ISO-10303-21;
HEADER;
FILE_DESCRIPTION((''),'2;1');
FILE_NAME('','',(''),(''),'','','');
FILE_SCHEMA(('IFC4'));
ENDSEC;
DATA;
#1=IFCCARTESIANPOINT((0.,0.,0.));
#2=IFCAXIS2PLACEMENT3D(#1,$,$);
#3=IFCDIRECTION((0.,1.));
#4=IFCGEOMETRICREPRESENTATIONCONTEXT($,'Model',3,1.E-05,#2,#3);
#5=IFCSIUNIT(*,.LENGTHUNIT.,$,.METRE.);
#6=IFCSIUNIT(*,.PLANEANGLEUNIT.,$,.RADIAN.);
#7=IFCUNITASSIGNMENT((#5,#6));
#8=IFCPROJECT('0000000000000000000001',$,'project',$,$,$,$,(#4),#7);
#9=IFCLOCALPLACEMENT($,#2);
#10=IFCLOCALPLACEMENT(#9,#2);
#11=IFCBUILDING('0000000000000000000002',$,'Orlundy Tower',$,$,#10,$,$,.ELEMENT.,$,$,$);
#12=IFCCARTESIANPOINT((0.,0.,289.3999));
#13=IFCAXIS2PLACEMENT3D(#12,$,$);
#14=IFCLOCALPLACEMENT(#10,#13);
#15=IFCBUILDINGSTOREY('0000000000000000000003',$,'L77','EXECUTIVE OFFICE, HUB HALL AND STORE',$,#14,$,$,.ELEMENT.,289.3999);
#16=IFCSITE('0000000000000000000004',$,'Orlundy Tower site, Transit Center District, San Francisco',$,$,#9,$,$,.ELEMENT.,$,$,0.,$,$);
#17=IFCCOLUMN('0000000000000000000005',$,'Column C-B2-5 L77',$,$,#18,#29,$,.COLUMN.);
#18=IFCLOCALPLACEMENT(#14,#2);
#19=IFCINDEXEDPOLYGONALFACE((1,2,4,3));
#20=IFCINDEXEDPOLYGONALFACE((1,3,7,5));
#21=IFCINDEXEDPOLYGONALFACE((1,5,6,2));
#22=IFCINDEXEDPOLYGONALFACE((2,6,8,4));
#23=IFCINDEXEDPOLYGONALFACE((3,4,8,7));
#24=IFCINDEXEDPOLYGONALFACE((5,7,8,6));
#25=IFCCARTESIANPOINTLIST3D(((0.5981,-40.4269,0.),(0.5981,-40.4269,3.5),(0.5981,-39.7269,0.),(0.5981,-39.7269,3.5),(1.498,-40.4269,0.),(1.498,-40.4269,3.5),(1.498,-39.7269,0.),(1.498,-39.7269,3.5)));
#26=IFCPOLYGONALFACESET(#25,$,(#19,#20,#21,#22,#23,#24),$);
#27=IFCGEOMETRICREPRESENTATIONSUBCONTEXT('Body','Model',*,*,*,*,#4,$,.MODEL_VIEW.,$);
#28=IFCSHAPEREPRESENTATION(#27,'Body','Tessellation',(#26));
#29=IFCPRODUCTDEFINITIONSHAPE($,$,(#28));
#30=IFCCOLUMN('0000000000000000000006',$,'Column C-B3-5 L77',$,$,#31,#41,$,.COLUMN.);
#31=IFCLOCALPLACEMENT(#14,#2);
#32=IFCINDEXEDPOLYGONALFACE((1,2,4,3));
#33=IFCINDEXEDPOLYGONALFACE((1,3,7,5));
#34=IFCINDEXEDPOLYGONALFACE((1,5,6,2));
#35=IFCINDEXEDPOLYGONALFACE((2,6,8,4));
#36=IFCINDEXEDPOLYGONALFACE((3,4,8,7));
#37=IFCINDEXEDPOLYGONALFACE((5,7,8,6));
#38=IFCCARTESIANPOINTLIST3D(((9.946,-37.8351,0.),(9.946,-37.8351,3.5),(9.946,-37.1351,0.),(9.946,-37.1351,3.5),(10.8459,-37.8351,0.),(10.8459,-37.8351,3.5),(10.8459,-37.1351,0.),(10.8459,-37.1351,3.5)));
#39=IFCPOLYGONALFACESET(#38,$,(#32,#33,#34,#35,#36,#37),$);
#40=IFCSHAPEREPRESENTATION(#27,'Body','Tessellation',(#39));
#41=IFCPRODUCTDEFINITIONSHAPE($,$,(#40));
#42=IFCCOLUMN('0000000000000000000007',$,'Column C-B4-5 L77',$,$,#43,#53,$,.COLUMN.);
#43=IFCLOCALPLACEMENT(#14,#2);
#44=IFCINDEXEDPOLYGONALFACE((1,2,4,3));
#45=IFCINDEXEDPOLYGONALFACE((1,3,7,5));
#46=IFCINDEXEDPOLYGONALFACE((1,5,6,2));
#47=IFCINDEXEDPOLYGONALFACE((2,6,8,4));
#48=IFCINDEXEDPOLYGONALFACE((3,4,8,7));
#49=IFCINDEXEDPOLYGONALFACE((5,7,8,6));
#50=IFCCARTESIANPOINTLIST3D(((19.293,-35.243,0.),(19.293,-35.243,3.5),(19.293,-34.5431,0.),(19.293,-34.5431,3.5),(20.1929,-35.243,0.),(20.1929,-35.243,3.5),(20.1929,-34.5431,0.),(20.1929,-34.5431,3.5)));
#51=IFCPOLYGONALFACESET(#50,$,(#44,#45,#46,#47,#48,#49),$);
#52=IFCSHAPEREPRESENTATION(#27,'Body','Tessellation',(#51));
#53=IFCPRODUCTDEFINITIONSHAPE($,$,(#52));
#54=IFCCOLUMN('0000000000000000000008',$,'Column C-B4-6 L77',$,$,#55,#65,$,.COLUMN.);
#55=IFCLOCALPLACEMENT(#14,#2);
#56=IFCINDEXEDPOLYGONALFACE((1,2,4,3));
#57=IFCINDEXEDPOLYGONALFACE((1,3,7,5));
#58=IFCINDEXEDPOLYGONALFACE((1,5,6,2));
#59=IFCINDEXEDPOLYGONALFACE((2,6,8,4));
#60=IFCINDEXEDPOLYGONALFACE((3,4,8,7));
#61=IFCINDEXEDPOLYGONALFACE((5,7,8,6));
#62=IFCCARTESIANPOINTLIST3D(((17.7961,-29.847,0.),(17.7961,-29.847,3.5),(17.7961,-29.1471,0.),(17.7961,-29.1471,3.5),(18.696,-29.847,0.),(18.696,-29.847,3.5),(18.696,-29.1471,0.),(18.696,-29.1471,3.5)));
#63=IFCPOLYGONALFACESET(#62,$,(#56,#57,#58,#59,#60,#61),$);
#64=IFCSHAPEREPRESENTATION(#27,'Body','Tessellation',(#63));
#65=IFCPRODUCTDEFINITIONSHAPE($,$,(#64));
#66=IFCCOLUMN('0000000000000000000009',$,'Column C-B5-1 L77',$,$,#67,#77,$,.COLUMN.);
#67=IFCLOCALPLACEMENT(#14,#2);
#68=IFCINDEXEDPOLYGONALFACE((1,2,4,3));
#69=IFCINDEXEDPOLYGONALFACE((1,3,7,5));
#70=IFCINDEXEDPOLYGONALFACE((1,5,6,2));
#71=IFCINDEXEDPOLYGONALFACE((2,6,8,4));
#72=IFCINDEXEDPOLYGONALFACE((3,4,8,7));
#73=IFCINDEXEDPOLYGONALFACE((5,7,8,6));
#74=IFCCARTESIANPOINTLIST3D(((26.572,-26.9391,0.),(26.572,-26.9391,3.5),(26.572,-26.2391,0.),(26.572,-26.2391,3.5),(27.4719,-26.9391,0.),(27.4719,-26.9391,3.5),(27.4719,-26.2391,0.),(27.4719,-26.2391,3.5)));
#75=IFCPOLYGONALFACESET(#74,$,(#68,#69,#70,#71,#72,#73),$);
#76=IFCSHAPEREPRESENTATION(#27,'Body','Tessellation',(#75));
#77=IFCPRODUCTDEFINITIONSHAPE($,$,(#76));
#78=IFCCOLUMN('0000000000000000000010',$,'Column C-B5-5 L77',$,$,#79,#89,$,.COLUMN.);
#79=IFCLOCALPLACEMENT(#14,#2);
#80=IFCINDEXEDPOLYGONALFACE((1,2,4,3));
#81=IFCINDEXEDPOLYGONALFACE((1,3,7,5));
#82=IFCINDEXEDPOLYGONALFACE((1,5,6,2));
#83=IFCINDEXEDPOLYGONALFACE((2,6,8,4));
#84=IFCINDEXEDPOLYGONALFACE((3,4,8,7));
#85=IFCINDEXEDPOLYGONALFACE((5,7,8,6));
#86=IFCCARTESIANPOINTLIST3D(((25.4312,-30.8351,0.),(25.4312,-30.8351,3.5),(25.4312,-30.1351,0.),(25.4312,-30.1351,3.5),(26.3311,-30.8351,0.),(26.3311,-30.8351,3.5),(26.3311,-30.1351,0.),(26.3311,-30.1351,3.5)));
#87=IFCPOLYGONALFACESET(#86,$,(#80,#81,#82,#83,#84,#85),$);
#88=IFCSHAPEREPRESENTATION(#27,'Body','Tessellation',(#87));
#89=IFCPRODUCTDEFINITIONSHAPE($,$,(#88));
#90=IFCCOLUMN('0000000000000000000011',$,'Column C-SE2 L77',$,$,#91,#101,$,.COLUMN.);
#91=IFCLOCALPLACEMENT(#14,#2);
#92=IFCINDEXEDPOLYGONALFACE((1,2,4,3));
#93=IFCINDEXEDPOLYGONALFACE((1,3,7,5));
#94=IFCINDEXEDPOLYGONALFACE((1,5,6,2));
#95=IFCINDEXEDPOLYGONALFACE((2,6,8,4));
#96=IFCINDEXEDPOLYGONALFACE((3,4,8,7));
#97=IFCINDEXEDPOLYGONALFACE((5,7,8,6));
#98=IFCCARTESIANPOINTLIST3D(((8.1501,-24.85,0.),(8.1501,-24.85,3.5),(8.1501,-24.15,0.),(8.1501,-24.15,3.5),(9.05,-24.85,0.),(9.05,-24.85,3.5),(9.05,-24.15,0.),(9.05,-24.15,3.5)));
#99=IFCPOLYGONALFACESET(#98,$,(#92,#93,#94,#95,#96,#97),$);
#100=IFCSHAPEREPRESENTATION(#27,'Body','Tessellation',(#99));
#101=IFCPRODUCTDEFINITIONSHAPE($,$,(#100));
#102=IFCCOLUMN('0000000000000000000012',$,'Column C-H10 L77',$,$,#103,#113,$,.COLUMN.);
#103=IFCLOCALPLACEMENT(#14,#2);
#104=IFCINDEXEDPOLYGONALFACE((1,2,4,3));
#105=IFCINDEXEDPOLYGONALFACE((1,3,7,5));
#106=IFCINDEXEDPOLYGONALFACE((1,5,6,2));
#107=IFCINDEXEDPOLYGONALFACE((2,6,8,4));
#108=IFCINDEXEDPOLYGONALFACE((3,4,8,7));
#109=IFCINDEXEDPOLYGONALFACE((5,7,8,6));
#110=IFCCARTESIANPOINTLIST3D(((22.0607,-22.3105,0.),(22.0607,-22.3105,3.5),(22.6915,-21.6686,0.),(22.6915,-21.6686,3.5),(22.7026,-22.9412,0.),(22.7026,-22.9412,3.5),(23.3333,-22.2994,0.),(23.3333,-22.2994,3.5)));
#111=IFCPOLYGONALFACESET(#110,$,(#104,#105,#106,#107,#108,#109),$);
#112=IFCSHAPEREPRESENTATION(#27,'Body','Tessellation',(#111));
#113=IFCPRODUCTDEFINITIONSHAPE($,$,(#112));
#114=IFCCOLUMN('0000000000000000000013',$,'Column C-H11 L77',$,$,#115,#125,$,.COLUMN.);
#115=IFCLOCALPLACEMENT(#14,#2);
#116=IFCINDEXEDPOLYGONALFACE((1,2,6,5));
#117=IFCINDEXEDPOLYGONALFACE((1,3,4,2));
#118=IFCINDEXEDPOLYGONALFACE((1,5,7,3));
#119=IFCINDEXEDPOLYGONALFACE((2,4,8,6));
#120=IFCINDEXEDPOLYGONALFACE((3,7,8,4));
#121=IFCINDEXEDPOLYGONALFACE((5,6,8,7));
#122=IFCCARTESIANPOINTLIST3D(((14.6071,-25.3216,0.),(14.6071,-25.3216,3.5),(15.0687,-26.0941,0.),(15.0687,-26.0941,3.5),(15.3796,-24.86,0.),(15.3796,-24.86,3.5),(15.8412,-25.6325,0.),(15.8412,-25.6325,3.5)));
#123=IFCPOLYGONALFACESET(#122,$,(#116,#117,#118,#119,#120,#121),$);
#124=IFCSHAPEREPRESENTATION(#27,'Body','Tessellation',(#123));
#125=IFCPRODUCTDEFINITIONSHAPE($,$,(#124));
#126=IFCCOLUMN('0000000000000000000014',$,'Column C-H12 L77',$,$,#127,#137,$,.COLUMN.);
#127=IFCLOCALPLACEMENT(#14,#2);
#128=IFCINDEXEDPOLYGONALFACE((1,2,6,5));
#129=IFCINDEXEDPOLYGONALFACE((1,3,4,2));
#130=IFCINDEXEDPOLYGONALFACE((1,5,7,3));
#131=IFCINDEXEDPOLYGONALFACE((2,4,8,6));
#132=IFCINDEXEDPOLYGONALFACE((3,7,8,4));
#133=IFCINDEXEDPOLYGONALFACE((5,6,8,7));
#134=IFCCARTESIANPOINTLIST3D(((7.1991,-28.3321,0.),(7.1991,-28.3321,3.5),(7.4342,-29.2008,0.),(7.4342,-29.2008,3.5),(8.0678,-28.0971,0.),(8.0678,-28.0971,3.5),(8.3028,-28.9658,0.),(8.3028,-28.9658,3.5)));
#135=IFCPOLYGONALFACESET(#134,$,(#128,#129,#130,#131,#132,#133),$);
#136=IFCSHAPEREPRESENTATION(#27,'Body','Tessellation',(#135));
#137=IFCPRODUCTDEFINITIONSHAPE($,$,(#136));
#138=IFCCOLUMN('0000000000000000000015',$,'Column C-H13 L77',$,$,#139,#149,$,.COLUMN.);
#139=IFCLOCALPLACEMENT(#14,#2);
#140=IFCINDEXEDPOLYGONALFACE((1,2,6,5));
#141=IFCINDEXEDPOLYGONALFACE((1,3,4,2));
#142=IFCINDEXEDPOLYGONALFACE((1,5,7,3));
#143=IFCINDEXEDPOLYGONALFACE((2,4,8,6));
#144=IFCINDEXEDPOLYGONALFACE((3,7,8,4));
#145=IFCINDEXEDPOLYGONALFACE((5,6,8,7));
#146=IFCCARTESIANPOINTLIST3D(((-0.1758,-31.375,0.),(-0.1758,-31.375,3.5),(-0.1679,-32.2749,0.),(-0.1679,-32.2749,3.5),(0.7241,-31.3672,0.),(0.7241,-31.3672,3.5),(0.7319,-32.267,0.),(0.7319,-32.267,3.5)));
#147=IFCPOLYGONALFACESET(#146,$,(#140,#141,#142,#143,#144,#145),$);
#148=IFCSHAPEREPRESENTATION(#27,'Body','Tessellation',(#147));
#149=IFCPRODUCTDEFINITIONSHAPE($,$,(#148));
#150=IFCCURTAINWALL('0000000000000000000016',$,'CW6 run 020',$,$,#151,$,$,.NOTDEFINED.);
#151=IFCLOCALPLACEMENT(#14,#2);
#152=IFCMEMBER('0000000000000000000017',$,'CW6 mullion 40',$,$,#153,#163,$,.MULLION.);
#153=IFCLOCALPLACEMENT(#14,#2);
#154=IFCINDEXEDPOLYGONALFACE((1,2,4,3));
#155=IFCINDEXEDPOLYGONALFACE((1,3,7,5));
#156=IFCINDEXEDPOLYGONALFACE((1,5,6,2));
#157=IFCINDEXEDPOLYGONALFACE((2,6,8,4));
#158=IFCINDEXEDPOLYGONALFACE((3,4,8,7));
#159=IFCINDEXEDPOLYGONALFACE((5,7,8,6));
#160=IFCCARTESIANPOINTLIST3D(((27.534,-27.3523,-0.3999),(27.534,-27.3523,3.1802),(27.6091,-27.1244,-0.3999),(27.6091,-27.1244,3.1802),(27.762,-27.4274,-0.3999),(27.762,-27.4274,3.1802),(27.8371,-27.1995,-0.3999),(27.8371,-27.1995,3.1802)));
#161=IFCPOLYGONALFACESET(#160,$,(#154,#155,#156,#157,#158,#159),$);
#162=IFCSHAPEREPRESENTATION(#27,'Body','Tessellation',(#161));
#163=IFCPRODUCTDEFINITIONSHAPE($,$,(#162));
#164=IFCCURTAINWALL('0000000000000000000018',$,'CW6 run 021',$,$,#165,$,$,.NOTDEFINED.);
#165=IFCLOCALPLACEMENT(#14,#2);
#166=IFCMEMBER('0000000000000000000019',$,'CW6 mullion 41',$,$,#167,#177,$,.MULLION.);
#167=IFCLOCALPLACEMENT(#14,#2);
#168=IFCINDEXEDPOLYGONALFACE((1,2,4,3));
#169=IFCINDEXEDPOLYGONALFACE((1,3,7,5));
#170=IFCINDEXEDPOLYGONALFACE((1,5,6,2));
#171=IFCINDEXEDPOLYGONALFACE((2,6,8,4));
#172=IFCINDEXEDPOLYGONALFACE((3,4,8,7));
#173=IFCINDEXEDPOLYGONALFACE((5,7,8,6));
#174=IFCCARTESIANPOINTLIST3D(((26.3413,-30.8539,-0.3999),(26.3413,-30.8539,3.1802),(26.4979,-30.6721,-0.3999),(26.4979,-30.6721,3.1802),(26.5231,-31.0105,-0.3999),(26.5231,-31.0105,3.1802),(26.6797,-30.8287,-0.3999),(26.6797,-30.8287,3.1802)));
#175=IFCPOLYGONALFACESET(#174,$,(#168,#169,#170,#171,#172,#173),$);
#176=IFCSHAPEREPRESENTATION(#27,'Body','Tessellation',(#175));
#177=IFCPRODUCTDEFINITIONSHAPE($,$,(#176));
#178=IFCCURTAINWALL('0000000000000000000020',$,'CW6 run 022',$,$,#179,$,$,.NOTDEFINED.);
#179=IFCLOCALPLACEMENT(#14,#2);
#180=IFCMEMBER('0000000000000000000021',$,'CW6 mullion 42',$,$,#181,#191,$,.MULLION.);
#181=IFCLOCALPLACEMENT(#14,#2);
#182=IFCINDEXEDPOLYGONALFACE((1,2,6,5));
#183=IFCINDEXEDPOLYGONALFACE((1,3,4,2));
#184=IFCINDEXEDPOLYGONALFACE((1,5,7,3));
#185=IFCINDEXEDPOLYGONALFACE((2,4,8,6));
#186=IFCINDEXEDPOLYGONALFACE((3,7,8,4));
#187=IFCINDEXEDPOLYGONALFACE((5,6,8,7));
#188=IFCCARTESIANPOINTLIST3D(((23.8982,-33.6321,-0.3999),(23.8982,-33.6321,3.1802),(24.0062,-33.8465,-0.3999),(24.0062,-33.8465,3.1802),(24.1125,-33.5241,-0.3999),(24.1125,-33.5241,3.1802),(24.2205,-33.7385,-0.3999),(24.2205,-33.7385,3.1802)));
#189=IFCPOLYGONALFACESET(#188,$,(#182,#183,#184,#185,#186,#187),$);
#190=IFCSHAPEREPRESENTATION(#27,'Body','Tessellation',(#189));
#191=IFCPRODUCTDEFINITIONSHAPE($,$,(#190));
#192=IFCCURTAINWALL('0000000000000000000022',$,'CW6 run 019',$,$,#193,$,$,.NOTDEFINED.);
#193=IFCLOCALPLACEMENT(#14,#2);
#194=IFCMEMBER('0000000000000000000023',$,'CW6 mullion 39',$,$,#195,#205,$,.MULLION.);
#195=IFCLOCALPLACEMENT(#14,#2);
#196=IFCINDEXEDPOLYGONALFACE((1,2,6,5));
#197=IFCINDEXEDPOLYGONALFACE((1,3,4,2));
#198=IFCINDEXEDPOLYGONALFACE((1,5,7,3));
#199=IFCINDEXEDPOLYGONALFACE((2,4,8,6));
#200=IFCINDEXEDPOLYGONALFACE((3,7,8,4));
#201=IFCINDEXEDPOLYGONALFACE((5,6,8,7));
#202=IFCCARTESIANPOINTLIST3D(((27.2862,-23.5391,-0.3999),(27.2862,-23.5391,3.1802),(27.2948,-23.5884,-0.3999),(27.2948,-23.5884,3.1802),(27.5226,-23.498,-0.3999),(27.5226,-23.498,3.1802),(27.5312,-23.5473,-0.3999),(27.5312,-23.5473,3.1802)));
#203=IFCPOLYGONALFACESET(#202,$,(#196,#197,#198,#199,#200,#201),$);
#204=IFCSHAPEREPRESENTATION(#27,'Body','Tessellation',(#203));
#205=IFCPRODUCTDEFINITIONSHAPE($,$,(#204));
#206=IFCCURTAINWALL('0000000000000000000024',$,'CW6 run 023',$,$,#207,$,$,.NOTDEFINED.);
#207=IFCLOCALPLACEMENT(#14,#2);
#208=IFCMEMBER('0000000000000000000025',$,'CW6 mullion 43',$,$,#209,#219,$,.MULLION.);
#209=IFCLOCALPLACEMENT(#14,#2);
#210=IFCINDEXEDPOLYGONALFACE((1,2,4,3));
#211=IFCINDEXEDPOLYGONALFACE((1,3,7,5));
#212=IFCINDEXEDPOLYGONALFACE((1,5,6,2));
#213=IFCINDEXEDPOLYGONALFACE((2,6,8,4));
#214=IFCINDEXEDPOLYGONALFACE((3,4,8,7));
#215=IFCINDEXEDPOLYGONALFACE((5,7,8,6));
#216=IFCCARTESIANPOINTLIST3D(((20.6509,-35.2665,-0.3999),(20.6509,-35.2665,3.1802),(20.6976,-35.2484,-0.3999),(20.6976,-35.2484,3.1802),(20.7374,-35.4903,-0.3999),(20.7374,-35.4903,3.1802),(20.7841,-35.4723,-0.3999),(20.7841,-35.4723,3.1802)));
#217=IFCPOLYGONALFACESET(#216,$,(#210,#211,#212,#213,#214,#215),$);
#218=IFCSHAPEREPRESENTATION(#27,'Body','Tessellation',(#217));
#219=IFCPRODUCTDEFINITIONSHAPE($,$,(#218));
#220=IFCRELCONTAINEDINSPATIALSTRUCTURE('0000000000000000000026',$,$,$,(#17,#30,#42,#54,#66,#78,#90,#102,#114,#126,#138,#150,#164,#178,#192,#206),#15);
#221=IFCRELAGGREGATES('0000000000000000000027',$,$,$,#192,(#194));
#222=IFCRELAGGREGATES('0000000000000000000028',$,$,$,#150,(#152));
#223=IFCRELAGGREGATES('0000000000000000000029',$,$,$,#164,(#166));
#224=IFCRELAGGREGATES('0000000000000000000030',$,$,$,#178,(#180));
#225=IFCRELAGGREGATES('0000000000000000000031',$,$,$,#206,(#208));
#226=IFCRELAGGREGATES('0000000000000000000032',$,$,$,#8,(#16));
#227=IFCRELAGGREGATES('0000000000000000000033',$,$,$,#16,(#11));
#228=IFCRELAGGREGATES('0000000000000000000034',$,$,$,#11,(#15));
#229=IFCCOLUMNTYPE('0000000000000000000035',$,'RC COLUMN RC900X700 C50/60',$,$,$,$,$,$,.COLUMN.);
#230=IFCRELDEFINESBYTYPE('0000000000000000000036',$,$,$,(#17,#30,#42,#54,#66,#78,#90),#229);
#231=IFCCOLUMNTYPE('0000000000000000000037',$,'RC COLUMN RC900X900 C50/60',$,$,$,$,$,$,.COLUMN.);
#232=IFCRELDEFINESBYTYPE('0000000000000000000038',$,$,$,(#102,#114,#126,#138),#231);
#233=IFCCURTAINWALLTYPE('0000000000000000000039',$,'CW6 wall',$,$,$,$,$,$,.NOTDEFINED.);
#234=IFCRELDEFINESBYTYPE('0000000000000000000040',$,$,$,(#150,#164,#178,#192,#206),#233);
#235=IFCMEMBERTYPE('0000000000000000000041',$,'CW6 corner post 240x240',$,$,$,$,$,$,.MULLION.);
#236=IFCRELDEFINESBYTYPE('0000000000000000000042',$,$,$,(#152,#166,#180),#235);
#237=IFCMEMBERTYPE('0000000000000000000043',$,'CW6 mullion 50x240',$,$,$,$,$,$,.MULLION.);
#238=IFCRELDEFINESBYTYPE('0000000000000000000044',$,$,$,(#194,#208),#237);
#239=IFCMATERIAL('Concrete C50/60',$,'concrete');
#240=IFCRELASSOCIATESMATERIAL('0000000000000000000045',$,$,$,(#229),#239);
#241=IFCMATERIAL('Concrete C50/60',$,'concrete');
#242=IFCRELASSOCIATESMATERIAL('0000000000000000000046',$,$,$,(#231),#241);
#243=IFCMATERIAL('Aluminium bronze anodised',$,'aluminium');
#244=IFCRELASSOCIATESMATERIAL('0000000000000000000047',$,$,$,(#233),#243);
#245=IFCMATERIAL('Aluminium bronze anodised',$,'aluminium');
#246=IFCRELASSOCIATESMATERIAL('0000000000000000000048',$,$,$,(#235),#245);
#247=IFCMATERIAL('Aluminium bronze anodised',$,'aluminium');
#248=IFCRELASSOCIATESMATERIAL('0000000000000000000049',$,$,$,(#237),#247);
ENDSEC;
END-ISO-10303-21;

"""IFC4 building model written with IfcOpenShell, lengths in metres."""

from ifc_helpers import new_model, si_unit, direction, frame, origin, origin_2d, place, context, subcontext, project, spatial, rectangle, extrude, material, material_profile, profile_set, type_object, element, aggregate, save


model = new_model("IFC4")

# Units and contexts
model_context = context("Model", 3, precision=1e-05, world=origin(), true_north=direction((0.0, 1.0)))
body_context = subcontext(model_context, "Body", "Model", "MODEL_VIEW")
ifc_project = project(units=[si_unit("LENGTHUNIT", "METRE"), si_unit("PLANEANGLEUNIT", "RADIAN")], contexts=[model_context])

# Site, building, storey
site_placement = place(None, origin())
site = spatial("IfcSite", under=ifc_project, at=site_placement, Name="Orlundy Tower site, Transit Center District, San Francisco", CompositionType="ELEMENT", RefElevation=0.0)
building_placement = place(site_placement, origin())
building = spatial("IfcBuilding", under=site, at=building_placement, Name="Orlundy Tower", CompositionType="ELEMENT")
storey_placement = place(building_placement, frame((0.0, 0.0, 289.3999)))
storey = spatial("IfcBuildingStorey", under=building, at=storey_placement, Name="L77", Description="EXECUTIVE OFFICE, HUB HALL AND STORE", CompositionType="ELEMENT", Elevation=289.3999)

# Columns
ifc_material_1 = material(Name="Concrete C50/60", Category="concrete")
ifc_material_profile_1 = material_profile(ifc_material_1, rectangle(XDim=0.8999, YDim=0.7, at=origin_2d()), Name="RC900X700")
ifc_profile_set_1 = profile_set([ifc_material_profile_1], Name="Concrete C50/60")
column_type_1 = type_object("IfcColumnType", Name="RC COLUMN RC900X700 C50/60", PredefinedType="COLUMN", material=ifc_profile_set_1)
for number, where, z_axis, x_axis, name in (
    (1, (1.0481, -40.0769, 0.0), (0.0, 0.0, 1.0), (1.0, 0.0, 0.0), "Column C-B2-5 L77"),
    (2, (10.396, -37.4851, 0.0), (0.0, 0.0, 1.0), (1.0, 0.0, 0.0), "Column C-B3-5 L77"),
    (3, (19.7429, -34.8931, 0.0), (0.0, 0.0, 1.0), (1.0, 0.0, 0.0), "Column C-B4-5 L77"),
    (4, (18.2461, -29.4971, 0.0), (0.0, 0.0, 1.0), (1.0, 0.0, 0.0), "Column C-B4-6 L77"),
    (5, (27.022, -26.5891, 0.0), (0.0, 0.0, 1.0), (1.0, 0.0, 0.0), "Column C-B5-1 L77"),
    (6, (25.8811, -30.4851, 0.0), (0.0, 0.0, 1.0), (1.0, 0.0, 0.0), "Column C-B5-5 L77"),
    (7, (8.6001, -24.5, 0.0), (0.0, 0.0, 1.0), (1.0, 0.0, 0.0), "Column C-SE2 L77"),
):
    element("IfcColumn", number, at=place(storey_placement, frame(where, z_axis=z_axis, x_axis=x_axis)), inside=storey, type_object=column_type_1, Name=name, PredefinedType="COLUMN", context=body_context, shape_type="SweptSolid", body=[
        extrude(rectangle(XDim=0.8999, YDim=0.7, at=origin_2d()), origin(), (0.0, 0.0, 1.0), 3.5),
    ])
ifc_material_2 = material(Name="Concrete C50/60", Category="concrete")
ifc_material_profile_2 = material_profile(ifc_material_2, rectangle(XDim=0.8999, YDim=0.8999, at=origin_2d()), Name="RC900X900")
ifc_profile_set_2 = profile_set([ifc_material_profile_2], Name="Concrete C50/60")
column_type_2 = type_object("IfcColumnType", Name="RC COLUMN RC900X900 C50/60", PredefinedType="COLUMN", material=ifc_profile_set_2)
for number, where, z_axis, x_axis, name in (
    (8, (22.697, -22.3049, 0.0), (0.0, 0.0, 1.0), (0.713238, -0.700922, 0.0), "Column C-H10 L77"),
    (9, (15.2241, -25.4771, 0.0), (0.0, 0.0, 1.0), (0.512957, -0.858414, 0.0), "Column C-H11 L77"),
    (10, (7.751, -28.6489, 0.0), (0.0, 0.0, 1.0), (0.261162, -0.965295, 0.0), "Column C-H12 L77"),
    (11, (0.2781, -31.821, 0.0), (0.0, 0.0, 1.0), (0.008744, -0.999962, 0.0), "Column C-H13 L77"),
):
    element("IfcColumn", number, at=place(storey_placement, frame(where, z_axis=z_axis, x_axis=x_axis)), inside=storey, type_object=column_type_2, Name=name, PredefinedType="COLUMN", context=body_context, shape_type="SweptSolid", body=[
        extrude(rectangle(XDim=0.8999, YDim=0.8999, at=origin_2d()), origin(), (0.0, 0.0, 1.0), 3.5),
    ])

# Curtain walls, members
ifc_material_3 = material(Name="Aluminium bronze anodised", Category="aluminium")
curtain_wall_type = type_object("IfcCurtainWallType", Name="CW6 wall", PredefinedType="NOTDEFINED", material=ifc_material_3)
curtain_wall_1_placement = place(storey_placement, origin())
curtain_wall_1 = element("IfcCurtainWall", 12, at=curtain_wall_1_placement, inside=storey, type_object=curtain_wall_type, Name="CW6 run 020", PredefinedType="NOTDEFINED")
ifc_material_4 = material(Name="Aluminium bronze anodised", Category="aluminium")
ifc_material_profile_3 = material_profile(ifc_material_4, rectangle(XDim=0.24, YDim=0.24, at=origin_2d()), Name="CW6 corner post 240x240")
ifc_profile_set_3 = profile_set([ifc_material_profile_3], Name="Aluminium bronze anodised")
member_type_1 = type_object("IfcMemberType", Name="CW6 corner post 240x240", PredefinedType="MULLION", material=ifc_profile_set_3)
member_1_placement = place(storey_placement, frame((27.6855, -27.2759, -0.3999), z_axis=(0.0, 0.0, 1.0), x_axis=(0.949757, -0.312988, 0.0)))
member_1 = element("IfcMember", 13, at=member_1_placement, type_object=member_type_1, Name="CW6 mullion 40", PredefinedType="MULLION", context=body_context, shape_type="SweptSolid", body=[
    extrude(rectangle(XDim=0.24, YDim=0.24, at=origin_2d()), origin(), (0.0, 0.0, 1.0), 3.5801),
])
curtain_wall_2_placement = place(storey_placement, origin())
curtain_wall_2 = element("IfcCurtainWall", 14, at=curtain_wall_2_placement, inside=storey, type_object=curtain_wall_type, Name="CW6 run 021", PredefinedType="NOTDEFINED")
member_2_placement = place(storey_placement, frame((26.5105, -30.8413, -0.3999), z_axis=(0.0, 0.0, 1.0), x_axis=(0.757502, -0.652833, 0.0)))
member_2 = element("IfcMember", 15, at=member_2_placement, type_object=member_type_1, Name="CW6 mullion 41", PredefinedType="MULLION", context=body_context, shape_type="SweptSolid", body=[
    extrude(rectangle(XDim=0.24, YDim=0.24, at=origin_2d()), origin(), (0.0, 0.0, 1.0), 3.5801),
])
curtain_wall_3_placement = place(storey_placement, origin())
curtain_wall_3 = element("IfcCurtainWall", 16, at=curtain_wall_3_placement, inside=storey, type_object=curtain_wall_type, Name="CW6 run 022", PredefinedType="NOTDEFINED")
member_3_placement = place(storey_placement, frame((24.0593, -33.6853, -0.3999), z_axis=(0.0, 0.0, 1.0), x_axis=(0.450017, -0.89302, 0.0)))
member_3 = element("IfcMember", 17, at=member_3_placement, type_object=member_type_1, Name="CW6 mullion 42", PredefinedType="MULLION", context=body_context, shape_type="SweptSolid", body=[
    extrude(rectangle(XDim=0.24, YDim=0.24, at=origin_2d()), origin(), (0.0, 0.0, 1.0), 3.5801),
])
curtain_wall_4_placement = place(storey_placement, origin())
curtain_wall_4 = element("IfcCurtainWall", 18, at=curtain_wall_4_placement, inside=storey, type_object=curtain_wall_type, Name="CW6 run 019", PredefinedType="NOTDEFINED")
ifc_material_5 = material(Name="Aluminium bronze anodised", Category="aluminium")
ifc_material_profile_4 = material_profile(ifc_material_5, rectangle(XDim=0.24, YDim=0.05, at=origin_2d()), Name="CW6 mullion 50x240")
ifc_profile_set_4 = profile_set([ifc_material_profile_4], Name="Aluminium bronze anodised")
member_type_2 = type_object("IfcMemberType", Name="CW6 mullion 50x240", PredefinedType="MULLION", material=ifc_profile_set_4)
member_4_placement = place(storey_placement, frame((27.4087, -23.5432, -0.3999), z_axis=(0.0, 0.0, 1.0), x_axis=(0.9852, 0.171411, 0.0)))
member_4 = element("IfcMember", 19, at=member_4_placement, type_object=member_type_2, Name="CW6 mullion 39", PredefinedType="MULLION", context=body_context, shape_type="SweptSolid", body=[
    extrude(rectangle(XDim=0.24, YDim=0.05, at=origin_2d()), origin(), (0.0, 0.0, 1.0), 3.5801),
])

# Curtain wall, member
curtain_wall_5_placement = place(storey_placement, origin())
curtain_wall_5 = element("IfcCurtainWall", 20, at=curtain_wall_5_placement, inside=storey, type_object=curtain_wall_type, Name="CW6 run 023", PredefinedType="NOTDEFINED")
member_5_placement = place(storey_placement, frame((20.7175, -35.3694, -0.3999), z_axis=(0.0, 0.0, 1.0), x_axis=(0.360363, -0.932812, 0.0)))
member_5 = element("IfcMember", 21, at=member_5_placement, type_object=member_type_2, Name="CW6 mullion 43", PredefinedType="MULLION", context=body_context, shape_type="SweptSolid", body=[
    extrude(rectangle(XDim=0.24, YDim=0.05, at=origin_2d()), origin(), (0.0, 0.0, 1.0), 3.5801),
])

aggregate(curtain_wall_4, [member_4])
aggregate(curtain_wall_1, [member_1])
aggregate(curtain_wall_2, [member_2])
aggregate(curtain_wall_3, [member_3])
aggregate(curtain_wall_5, [member_5])

save(model, "model.ifc")
